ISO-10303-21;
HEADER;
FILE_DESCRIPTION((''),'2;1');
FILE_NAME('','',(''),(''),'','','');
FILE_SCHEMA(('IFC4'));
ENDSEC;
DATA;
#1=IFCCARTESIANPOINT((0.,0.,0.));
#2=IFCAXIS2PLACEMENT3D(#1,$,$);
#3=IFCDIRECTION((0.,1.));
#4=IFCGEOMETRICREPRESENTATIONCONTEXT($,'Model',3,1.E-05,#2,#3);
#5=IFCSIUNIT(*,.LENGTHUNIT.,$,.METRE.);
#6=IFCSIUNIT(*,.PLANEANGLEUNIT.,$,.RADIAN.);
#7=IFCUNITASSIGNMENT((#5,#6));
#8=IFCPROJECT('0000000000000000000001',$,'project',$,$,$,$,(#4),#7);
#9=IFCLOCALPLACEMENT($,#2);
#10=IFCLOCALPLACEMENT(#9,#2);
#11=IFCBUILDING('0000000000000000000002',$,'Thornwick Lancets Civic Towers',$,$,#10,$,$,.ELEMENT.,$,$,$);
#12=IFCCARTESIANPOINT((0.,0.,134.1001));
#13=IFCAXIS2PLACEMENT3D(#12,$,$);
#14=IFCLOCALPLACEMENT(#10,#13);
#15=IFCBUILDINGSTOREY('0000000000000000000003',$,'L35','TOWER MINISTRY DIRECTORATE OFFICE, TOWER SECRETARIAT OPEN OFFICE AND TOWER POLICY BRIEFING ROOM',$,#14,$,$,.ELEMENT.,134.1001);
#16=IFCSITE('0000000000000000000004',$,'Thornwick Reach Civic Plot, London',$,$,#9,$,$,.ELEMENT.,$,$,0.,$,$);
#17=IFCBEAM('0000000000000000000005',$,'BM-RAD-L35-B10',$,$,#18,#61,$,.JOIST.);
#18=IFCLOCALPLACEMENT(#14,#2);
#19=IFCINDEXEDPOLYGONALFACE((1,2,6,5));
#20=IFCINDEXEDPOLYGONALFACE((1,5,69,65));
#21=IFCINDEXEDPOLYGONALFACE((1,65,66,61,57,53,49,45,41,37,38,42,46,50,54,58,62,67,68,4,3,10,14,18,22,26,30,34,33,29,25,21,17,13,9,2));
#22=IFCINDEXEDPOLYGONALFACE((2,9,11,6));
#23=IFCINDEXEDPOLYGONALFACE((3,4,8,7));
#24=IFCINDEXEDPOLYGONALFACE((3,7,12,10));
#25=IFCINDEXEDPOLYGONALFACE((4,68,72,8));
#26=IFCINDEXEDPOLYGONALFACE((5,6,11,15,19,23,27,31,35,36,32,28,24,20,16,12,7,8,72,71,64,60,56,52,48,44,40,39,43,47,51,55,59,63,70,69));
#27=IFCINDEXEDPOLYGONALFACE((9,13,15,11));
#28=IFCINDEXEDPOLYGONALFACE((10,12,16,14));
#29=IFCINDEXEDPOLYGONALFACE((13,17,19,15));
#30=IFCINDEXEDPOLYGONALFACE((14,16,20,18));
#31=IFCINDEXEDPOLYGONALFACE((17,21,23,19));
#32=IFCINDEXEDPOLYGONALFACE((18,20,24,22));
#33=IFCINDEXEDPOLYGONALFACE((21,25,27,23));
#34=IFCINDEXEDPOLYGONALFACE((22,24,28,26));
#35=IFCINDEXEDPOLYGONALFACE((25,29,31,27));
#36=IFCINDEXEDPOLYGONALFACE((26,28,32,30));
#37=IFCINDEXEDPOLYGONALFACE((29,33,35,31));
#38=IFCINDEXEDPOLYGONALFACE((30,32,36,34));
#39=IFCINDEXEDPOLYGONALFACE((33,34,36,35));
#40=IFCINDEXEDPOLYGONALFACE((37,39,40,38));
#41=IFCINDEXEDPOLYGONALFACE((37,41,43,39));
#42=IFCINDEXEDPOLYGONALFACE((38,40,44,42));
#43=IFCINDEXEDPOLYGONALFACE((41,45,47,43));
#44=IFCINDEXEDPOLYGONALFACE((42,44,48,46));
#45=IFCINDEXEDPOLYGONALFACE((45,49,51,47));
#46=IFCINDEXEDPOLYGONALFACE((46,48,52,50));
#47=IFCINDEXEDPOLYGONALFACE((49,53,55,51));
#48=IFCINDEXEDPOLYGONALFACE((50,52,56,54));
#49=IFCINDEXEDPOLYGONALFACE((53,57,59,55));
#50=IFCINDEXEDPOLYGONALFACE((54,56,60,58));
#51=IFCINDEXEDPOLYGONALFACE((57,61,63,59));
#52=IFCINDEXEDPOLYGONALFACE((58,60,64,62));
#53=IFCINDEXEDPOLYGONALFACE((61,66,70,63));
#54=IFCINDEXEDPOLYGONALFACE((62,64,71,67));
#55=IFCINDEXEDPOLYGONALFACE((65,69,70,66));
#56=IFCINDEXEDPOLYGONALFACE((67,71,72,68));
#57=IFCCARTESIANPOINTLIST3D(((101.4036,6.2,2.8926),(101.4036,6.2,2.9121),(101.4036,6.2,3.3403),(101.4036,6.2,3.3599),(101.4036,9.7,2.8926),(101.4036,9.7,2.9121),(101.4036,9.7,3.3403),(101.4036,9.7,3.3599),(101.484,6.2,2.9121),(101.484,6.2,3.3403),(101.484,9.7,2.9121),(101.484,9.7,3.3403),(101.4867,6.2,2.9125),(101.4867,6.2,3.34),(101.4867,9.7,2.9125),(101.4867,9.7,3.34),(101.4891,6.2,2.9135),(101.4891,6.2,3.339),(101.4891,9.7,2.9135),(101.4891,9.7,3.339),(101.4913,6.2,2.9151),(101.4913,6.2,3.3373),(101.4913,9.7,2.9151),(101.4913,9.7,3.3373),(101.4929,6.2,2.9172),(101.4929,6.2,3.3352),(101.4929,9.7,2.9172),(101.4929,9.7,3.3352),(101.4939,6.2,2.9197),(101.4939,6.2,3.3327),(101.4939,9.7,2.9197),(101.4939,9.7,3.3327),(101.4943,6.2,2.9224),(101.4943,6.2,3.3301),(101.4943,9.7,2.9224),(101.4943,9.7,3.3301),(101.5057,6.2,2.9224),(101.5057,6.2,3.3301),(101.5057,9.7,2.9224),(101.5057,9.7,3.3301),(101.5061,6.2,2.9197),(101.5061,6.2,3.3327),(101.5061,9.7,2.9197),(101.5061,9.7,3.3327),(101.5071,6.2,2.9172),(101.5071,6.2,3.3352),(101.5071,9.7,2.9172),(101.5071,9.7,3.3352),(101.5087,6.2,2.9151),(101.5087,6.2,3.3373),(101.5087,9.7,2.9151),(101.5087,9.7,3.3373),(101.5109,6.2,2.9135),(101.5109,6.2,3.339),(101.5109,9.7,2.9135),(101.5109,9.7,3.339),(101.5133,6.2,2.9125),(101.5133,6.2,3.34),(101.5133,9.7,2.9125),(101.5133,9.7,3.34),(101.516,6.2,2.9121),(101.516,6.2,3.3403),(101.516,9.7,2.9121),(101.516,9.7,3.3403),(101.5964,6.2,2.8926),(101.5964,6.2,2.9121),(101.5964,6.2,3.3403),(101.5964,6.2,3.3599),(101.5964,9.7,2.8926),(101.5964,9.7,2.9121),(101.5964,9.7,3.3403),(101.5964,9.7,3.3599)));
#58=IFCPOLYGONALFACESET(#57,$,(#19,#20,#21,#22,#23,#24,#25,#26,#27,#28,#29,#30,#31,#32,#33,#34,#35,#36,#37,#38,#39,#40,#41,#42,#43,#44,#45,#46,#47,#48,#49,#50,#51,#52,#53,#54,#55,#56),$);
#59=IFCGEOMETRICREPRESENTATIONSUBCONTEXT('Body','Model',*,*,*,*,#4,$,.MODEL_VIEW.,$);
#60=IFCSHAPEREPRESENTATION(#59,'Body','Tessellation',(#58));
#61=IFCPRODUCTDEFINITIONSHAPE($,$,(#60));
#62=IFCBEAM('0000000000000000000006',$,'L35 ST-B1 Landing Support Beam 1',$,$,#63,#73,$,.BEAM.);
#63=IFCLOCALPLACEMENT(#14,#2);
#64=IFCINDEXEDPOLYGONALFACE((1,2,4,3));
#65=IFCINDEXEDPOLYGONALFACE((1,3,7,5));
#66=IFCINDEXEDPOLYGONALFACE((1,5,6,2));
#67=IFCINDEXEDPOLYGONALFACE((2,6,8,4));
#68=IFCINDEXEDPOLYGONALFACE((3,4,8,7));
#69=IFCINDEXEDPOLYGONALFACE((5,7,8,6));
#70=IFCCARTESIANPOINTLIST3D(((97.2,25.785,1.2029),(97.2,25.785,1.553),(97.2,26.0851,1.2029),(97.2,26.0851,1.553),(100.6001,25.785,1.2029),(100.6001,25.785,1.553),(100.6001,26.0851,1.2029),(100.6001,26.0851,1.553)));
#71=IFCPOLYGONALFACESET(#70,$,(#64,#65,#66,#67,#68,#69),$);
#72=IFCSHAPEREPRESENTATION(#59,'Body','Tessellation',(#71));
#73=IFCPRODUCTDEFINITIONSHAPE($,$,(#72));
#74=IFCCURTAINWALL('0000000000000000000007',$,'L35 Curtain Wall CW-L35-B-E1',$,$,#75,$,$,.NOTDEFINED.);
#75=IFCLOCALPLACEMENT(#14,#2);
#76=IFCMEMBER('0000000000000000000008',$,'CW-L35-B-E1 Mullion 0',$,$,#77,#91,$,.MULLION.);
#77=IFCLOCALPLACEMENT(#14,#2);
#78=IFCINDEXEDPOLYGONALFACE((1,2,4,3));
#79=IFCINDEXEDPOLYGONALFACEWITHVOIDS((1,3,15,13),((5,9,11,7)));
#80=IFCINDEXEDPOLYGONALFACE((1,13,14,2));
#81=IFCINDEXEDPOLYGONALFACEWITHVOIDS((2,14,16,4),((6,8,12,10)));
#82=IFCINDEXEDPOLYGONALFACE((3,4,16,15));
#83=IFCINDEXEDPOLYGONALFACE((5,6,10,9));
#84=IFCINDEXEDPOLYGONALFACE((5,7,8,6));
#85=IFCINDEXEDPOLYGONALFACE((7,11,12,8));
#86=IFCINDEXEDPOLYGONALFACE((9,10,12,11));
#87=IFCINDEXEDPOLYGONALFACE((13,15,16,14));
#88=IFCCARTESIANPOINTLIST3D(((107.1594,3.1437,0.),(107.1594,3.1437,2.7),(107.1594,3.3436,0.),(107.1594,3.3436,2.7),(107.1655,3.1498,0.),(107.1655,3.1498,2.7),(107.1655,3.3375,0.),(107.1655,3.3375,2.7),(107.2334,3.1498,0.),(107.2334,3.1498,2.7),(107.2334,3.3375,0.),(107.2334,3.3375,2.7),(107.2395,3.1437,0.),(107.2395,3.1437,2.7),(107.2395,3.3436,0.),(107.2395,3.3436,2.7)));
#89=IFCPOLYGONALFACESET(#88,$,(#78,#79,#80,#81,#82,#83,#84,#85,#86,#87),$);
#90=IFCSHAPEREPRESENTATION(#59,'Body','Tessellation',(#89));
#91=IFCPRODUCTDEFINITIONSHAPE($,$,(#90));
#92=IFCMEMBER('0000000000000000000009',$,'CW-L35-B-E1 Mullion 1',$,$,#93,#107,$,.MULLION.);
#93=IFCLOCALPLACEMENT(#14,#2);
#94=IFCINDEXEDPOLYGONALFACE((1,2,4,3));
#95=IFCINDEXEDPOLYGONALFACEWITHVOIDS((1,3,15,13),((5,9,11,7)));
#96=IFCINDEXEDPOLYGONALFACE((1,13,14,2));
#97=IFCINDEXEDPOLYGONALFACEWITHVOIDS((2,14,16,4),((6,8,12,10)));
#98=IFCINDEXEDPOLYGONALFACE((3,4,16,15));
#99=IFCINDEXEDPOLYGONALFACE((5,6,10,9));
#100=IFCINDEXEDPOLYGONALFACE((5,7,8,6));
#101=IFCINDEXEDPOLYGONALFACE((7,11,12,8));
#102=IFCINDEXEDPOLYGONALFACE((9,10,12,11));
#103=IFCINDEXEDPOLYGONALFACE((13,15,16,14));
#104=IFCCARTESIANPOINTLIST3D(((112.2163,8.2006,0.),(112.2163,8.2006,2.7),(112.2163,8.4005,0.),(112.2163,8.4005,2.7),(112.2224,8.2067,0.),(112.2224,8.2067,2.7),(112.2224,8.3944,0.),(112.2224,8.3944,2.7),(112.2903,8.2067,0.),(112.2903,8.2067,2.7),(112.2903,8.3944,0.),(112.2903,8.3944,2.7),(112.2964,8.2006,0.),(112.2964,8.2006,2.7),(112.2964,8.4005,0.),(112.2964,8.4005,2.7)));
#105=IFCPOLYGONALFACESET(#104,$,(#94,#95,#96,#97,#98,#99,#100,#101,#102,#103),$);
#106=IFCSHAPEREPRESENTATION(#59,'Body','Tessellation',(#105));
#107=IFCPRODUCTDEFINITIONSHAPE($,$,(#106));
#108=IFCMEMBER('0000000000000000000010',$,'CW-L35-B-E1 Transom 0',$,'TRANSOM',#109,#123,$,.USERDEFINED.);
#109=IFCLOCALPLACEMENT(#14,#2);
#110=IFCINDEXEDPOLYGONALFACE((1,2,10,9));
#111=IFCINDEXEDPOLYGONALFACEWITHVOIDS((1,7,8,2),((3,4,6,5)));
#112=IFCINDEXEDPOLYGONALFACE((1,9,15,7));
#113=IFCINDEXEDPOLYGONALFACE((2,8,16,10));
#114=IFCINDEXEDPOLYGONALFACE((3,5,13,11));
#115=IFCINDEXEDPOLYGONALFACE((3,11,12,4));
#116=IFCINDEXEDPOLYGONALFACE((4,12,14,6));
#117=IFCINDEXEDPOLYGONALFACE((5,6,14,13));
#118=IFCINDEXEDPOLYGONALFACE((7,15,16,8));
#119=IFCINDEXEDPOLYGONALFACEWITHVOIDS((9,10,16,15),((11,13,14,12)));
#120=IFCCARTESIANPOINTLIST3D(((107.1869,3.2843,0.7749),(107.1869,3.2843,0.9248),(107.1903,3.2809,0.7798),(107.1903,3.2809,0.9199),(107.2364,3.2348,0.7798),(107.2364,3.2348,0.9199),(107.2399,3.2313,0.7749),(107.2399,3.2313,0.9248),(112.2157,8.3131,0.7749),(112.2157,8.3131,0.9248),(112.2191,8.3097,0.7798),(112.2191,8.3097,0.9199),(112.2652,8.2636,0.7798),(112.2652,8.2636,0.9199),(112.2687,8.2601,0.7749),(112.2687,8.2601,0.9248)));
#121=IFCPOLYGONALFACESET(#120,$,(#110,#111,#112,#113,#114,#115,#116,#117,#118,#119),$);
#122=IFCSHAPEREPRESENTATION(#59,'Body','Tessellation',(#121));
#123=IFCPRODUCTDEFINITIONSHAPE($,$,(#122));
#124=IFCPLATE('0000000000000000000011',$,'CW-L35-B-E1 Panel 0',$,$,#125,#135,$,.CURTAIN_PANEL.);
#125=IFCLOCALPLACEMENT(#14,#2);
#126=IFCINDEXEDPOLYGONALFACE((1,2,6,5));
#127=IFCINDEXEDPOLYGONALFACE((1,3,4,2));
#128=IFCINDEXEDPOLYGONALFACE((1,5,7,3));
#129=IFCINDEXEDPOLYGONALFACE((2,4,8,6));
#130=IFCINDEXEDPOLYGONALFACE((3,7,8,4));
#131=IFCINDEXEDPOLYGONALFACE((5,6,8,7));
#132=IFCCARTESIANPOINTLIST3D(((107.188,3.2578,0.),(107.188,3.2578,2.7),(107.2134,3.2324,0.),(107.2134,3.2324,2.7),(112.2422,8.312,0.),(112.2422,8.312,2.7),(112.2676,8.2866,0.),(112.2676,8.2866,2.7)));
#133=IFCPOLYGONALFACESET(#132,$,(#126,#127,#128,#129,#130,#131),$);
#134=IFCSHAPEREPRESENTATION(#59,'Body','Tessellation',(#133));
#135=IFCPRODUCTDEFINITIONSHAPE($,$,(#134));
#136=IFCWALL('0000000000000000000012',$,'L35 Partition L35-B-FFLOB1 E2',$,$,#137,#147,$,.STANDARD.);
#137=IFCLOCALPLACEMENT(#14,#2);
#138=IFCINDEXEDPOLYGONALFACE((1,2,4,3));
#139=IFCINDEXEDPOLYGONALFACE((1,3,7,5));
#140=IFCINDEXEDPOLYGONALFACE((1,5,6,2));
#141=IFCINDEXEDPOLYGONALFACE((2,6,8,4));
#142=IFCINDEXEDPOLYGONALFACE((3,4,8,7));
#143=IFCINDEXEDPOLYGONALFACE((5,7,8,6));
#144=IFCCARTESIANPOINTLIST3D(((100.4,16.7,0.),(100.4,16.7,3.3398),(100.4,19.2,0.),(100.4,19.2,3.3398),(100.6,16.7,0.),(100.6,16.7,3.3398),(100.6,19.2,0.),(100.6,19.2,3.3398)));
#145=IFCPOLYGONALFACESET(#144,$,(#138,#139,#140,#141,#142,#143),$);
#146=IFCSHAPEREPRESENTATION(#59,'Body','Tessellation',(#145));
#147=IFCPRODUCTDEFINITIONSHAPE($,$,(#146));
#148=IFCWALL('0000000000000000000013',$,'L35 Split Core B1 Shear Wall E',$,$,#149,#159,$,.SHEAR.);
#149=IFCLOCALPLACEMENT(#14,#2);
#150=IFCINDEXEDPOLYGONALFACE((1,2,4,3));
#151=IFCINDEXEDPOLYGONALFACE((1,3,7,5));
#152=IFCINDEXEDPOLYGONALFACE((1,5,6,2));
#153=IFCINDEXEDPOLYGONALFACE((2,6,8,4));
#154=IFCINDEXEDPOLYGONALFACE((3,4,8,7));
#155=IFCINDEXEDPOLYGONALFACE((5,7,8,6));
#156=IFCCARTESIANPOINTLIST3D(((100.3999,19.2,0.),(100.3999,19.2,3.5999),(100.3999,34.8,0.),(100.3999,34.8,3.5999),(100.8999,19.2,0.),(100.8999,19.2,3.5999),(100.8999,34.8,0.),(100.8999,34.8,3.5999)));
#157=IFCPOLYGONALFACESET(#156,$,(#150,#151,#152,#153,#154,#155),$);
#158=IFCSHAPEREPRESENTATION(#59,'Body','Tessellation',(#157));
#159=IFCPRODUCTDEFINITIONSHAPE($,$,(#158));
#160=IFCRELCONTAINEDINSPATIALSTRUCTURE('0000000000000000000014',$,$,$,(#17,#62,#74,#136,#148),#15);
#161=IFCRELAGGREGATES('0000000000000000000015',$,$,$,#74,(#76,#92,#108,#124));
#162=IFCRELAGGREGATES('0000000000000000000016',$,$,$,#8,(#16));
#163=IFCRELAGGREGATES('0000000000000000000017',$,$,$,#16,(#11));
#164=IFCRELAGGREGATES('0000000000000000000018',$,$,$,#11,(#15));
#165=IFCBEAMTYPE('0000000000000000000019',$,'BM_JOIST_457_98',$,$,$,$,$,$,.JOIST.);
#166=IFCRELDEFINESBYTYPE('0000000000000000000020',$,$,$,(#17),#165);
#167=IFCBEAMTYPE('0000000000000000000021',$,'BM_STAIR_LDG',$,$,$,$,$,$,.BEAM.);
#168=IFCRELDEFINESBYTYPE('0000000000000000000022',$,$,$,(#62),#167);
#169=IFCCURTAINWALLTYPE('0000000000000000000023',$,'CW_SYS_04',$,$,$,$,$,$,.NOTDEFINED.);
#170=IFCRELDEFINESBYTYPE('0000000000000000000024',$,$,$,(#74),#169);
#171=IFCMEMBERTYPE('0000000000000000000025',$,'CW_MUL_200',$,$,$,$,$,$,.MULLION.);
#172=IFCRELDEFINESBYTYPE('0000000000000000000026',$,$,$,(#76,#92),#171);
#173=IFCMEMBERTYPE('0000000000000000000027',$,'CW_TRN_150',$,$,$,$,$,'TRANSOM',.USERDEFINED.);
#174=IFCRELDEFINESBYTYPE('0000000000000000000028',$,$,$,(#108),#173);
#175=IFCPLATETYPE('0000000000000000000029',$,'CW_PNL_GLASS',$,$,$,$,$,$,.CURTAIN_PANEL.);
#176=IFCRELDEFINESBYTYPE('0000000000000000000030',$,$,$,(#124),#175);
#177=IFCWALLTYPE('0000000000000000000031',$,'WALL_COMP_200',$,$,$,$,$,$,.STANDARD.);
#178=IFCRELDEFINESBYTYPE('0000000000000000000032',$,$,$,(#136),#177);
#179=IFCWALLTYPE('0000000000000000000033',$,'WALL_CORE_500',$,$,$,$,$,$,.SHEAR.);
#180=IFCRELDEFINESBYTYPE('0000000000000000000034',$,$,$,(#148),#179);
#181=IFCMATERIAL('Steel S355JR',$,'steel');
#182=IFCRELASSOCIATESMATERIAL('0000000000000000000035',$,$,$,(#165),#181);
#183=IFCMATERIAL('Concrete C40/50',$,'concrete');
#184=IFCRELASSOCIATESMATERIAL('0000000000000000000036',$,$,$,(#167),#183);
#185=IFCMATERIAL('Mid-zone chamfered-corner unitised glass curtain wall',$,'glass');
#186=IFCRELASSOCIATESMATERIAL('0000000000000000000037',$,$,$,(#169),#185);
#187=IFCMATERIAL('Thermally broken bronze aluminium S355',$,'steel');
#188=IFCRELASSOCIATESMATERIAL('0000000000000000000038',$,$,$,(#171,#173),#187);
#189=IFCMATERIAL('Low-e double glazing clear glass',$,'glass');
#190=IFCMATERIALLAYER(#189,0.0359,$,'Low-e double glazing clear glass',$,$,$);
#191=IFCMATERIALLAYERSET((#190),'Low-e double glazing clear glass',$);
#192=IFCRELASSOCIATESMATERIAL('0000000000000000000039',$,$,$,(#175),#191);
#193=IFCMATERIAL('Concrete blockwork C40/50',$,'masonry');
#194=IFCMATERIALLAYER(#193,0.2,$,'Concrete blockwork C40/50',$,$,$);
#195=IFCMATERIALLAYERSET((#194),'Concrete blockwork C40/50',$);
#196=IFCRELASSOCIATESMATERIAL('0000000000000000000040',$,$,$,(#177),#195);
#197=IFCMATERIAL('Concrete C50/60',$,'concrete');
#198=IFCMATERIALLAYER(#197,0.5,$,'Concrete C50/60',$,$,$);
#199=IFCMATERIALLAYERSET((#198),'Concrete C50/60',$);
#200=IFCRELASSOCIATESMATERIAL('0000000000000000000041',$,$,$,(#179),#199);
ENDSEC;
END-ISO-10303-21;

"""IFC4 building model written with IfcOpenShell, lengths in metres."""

from ifc_helpers import new_model, si_unit, direction, frame, frame_2d, origin, origin_2d, place, context, subcontext, project, spatial, rectangle, hollow_rectangle, i_section, extrude, material, layer, layer_set, material_profile, profile_set, type_object, element, aggregate, save


model = new_model("IFC4")

# Units and contexts
model_context = context("Model", 3, precision=1e-05, world=origin(), true_north=direction((0.0, 1.0)))
body_context = subcontext(model_context, "Body", "Model", "MODEL_VIEW")
ifc_project = project(units=[si_unit("LENGTHUNIT", "METRE"), si_unit("PLANEANGLEUNIT", "RADIAN")], contexts=[model_context])

# Site, building, storey
site_placement = place(None, origin())
site = spatial("IfcSite", under=ifc_project, at=site_placement, Name="Thornwick Reach Civic Plot, London", CompositionType="ELEMENT", RefElevation=0.0)
building_placement = place(site_placement, origin())
building = spatial("IfcBuilding", under=site, at=building_placement, Name="Thornwick Lancets Civic Towers", CompositionType="ELEMENT")
storey_placement = place(building_placement, frame((0.0, 0.0, 134.1001)))
storey = spatial("IfcBuildingStorey", under=building, at=storey_placement, Name="L35", Description="TOWER MINISTRY DIRECTORATE OFFICE, TOWER SECRETARIAT OPEN OFFICE AND TOWER POLICY BRIEFING ROOM", CompositionType="ELEMENT", Elevation=134.1001)

# Beams
ifc_material_1 = material(Name="Steel S355JR", Category="steel")
ifc_material_profile_1 = material_profile(ifc_material_1, i_section(OverallWidth=0.1929, OverallDepth=0.4673, WebThickness=0.0115, FlangeThickness=0.0195, FilletRadius=0.0103, at=origin_2d()), Name="UKB 457x191x98")
ifc_profile_set_1 = profile_set([ifc_material_profile_1], Name="Steel S355JR")
beam_type_1 = type_object("IfcBeamType", Name="BM_JOIST_457_98", PredefinedType="JOIST", material=ifc_profile_set_1)
for number, where, z_axis, x_axis, name in (
    (1, (101.5, 9.7, 3.1262), (0.0, -1.0, 0.0), (1.0, 0.0, 0.0), "BM-RAD-L35-B10"),
):
    element("IfcBeam", number, at=place(storey_placement, frame(where, z_axis=z_axis, x_axis=x_axis)), inside=storey, type_object=beam_type_1, Name=name, PredefinedType="JOIST", context=body_context, shape_type="SweptSolid", body=[
        extrude(i_section(OverallWidth=0.1929, OverallDepth=0.4673, WebThickness=0.0115, FlangeThickness=0.0195, FilletRadius=0.0103, at=origin_2d()), origin(), (0.0, 0.0, 1.0), 3.5),
    ])
ifc_material_2 = material(Name="Concrete C40/50", Category="concrete")
ifc_material_profile_2 = material_profile(ifc_material_2, rectangle(XDim=0.3, YDim=0.3501, at=origin_2d()), Name="RC 300x350")
ifc_profile_set_2 = profile_set([ifc_material_profile_2], Name="Concrete C40/50")
beam_type_2 = type_object("IfcBeamType", Name="BM_STAIR_LDG", PredefinedType="BEAM", material=ifc_profile_set_2)
beam_placement = place(storey_placement, frame((100.6001, 25.9351, 1.3779), z_axis=(-1.0, 0.0, 0.0), x_axis=(0.0, -1.0, 0.0)))
element("IfcBeam", 2, at=beam_placement, inside=storey, type_object=beam_type_2, Name="L35 ST-B1 Landing Support Beam 1", PredefinedType="BEAM", context=body_context, shape_type="SweptSolid", body=[
    extrude(rectangle(XDim=0.3, YDim=0.3501, at=origin_2d()), origin(), (0.0, 0.0, 1.0), 3.4001),
])

# Curtain wall, members, plate
ifc_material_3 = material(Name="Mid-zone chamfered-corner unitised glass curtain wall", Category="glass")
curtain_wall_type = type_object("IfcCurtainWallType", Name="CW_SYS_04", PredefinedType="NOTDEFINED", material=ifc_material_3)
curtain_wall_placement = place(storey_placement, origin())
curtain_wall = element("IfcCurtainWall", 3, at=curtain_wall_placement, inside=storey, type_object=curtain_wall_type, Name="L35 Curtain Wall CW-L35-B-E1", PredefinedType="NOTDEFINED")
ifc_material_4 = material(Name="Thermally broken bronze aluminium S355", Category="steel")
ifc_material_profile_3 = material_profile(ifc_material_4, hollow_rectangle(XDim=0.0801, YDim=0.2, WallThickness=0.0061, at=origin_2d()), Name="RHS 200x80x6")
ifc_profile_set_3 = profile_set([ifc_material_profile_3], Name="Thermally broken bronze aluminium S355")
member_type_1 = type_object("IfcMemberType", Name="CW_MUL_200", PredefinedType="MULLION", material=ifc_profile_set_3)
member_1_placement = place(storey_placement, frame((107.1995, 3.2437, 0.0), z_axis=(0.0, 0.0, 1.0), x_axis=(1.0, 0.0, 0.0)))
member_1 = element("IfcMember", 4, at=member_1_placement, type_object=member_type_1, Name="CW-L35-B-E1 Mullion 0", PredefinedType="MULLION", context=body_context, shape_type="SweptSolid", body=[
    extrude(hollow_rectangle(XDim=0.0801, YDim=0.2, WallThickness=0.0061, at=origin_2d()), origin(), (0.0, 0.0, 1.0), 2.7),
])
member_2_placement = place(storey_placement, frame((112.2563, 8.3005, 0.0), z_axis=(0.0, 0.0, 1.0), x_axis=(1.0, 0.0, 0.0)))
member_2 = element("IfcMember", 5, at=member_2_placement, type_object=member_type_1, Name="CW-L35-B-E1 Mullion 1", PredefinedType="MULLION", context=body_context, shape_type="SweptSolid", body=[
    extrude(hollow_rectangle(XDim=0.0801, YDim=0.2, WallThickness=0.0061, at=origin_2d()), origin(), (0.0, 0.0, 1.0), 2.7),
])
ifc_material_profile_4 = material_profile(ifc_material_4, hollow_rectangle(XDim=0.075, YDim=0.1499, WallThickness=0.0049, at=origin_2d()), Name="RHS 150x75x5")
ifc_profile_set_4 = profile_set([ifc_material_profile_4], Name="Thermally broken bronze aluminium S355")
member_type_2 = type_object("IfcMemberType", Name="CW_TRN_150", ElementType="TRANSOM", PredefinedType="USERDEFINED", material=ifc_profile_set_4)
member_3_placement = place(storey_placement, frame((107.2134, 3.2578, 0.8499), z_axis=(0.707107, 0.707107, 0.0), x_axis=(-0.707107, 0.707107, 0.0)))
member_3 = element("IfcMember", 6, at=member_3_placement, type_object=member_type_2, Name="CW-L35-B-E1 Transom 0", ObjectType="TRANSOM", PredefinedType="USERDEFINED", context=body_context, shape_type="SweptSolid", body=[
    extrude(hollow_rectangle(XDim=0.075, YDim=0.1499, WallThickness=0.0049, at=origin_2d()), origin(), (0.0, 0.0, 1.0), 7.1118),
])
ifc_material_5 = material(Name="Low-e double glazing clear glass", Category="glass")
ifc_layer_1 = layer(ifc_material_5, 0.0359, Name="Low-e double glazing clear glass")
ifc_layer_set_1 = layer_set([ifc_layer_1], Name="Low-e double glazing clear glass")
plate_type = type_object("IfcPlateType", Name="CW_PNL_GLASS", PredefinedType="CURTAIN_PANEL", material=ifc_layer_set_1)
plate_placement = place(storey_placement, frame((109.7278, 5.7722, 0.0), z_axis=(0.0, 0.0, 1.0), x_axis=(0.707107, 0.707107, 0.0)))
plate = element("IfcPlate", 7, at=plate_placement, type_object=plate_type, Name="CW-L35-B-E1 Panel 0", PredefinedType="CURTAIN_PANEL", context=body_context, shape_type="SweptSolid", body=[
    extrude(rectangle(XDim=7.1477, YDim=0.0359, at=origin_2d()), origin(), (0.0, 0.0, 1.0), 2.7),
])
aggregate(curtain_wall, [member_1, member_2, member_3, plate])

# Walls
ifc_material_6 = material(Name="Concrete blockwork C40/50", Category="masonry")
ifc_layer_2 = layer(ifc_material_6, 0.2, Name="Concrete blockwork C40/50")
ifc_layer_set_2 = layer_set([ifc_layer_2], Name="Concrete blockwork C40/50")
wall_type_1 = type_object("IfcWallType", Name="WALL_COMP_200", PredefinedType="STANDARD", material=ifc_layer_set_2)
wall_1_placement = place(storey_placement, frame((100.5, 16.7, 0.0), z_axis=(0.0, 0.0, 1.0), x_axis=(0.0, 1.0, 0.0)))
element("IfcWall", 8, at=wall_1_placement, inside=storey, type_object=wall_type_1, Name="L35 Partition L35-B-FFLOB1 E2", PredefinedType="STANDARD", context=body_context, shape_type="SweptSolid", body=[
    extrude(rectangle(XDim=2.5, YDim=0.2, at=frame_2d((1.25, 0.0))), origin(), (0.0, 0.0, 1.0), 3.3398),
])
ifc_material_7 = material(Name="Concrete C50/60", Category="concrete")
ifc_layer_3 = layer(ifc_material_7, 0.5, Name="Concrete C50/60")
ifc_layer_set_3 = layer_set([ifc_layer_3], Name="Concrete C50/60")
wall_type_2 = type_object("IfcWallType", Name="WALL_CORE_500", PredefinedType="SHEAR", material=ifc_layer_set_3)
wall_2_placement = place(storey_placement, frame((100.6499, 19.2, 0.0), z_axis=(0.0, 0.0, 1.0), x_axis=(0.0, 1.0, 0.0)))
element("IfcWall", 9, at=wall_2_placement, inside=storey, type_object=wall_type_2, Name="L35 Split Core B1 Shear Wall E", PredefinedType="SHEAR", context=body_context, shape_type="SweptSolid", body=[
    extrude(rectangle(XDim=15.6001, YDim=0.5, at=frame_2d((7.8, 0.0))), origin(), (0.0, 0.0, 1.0), 3.5999),
])

save(model, "model.ifc")
